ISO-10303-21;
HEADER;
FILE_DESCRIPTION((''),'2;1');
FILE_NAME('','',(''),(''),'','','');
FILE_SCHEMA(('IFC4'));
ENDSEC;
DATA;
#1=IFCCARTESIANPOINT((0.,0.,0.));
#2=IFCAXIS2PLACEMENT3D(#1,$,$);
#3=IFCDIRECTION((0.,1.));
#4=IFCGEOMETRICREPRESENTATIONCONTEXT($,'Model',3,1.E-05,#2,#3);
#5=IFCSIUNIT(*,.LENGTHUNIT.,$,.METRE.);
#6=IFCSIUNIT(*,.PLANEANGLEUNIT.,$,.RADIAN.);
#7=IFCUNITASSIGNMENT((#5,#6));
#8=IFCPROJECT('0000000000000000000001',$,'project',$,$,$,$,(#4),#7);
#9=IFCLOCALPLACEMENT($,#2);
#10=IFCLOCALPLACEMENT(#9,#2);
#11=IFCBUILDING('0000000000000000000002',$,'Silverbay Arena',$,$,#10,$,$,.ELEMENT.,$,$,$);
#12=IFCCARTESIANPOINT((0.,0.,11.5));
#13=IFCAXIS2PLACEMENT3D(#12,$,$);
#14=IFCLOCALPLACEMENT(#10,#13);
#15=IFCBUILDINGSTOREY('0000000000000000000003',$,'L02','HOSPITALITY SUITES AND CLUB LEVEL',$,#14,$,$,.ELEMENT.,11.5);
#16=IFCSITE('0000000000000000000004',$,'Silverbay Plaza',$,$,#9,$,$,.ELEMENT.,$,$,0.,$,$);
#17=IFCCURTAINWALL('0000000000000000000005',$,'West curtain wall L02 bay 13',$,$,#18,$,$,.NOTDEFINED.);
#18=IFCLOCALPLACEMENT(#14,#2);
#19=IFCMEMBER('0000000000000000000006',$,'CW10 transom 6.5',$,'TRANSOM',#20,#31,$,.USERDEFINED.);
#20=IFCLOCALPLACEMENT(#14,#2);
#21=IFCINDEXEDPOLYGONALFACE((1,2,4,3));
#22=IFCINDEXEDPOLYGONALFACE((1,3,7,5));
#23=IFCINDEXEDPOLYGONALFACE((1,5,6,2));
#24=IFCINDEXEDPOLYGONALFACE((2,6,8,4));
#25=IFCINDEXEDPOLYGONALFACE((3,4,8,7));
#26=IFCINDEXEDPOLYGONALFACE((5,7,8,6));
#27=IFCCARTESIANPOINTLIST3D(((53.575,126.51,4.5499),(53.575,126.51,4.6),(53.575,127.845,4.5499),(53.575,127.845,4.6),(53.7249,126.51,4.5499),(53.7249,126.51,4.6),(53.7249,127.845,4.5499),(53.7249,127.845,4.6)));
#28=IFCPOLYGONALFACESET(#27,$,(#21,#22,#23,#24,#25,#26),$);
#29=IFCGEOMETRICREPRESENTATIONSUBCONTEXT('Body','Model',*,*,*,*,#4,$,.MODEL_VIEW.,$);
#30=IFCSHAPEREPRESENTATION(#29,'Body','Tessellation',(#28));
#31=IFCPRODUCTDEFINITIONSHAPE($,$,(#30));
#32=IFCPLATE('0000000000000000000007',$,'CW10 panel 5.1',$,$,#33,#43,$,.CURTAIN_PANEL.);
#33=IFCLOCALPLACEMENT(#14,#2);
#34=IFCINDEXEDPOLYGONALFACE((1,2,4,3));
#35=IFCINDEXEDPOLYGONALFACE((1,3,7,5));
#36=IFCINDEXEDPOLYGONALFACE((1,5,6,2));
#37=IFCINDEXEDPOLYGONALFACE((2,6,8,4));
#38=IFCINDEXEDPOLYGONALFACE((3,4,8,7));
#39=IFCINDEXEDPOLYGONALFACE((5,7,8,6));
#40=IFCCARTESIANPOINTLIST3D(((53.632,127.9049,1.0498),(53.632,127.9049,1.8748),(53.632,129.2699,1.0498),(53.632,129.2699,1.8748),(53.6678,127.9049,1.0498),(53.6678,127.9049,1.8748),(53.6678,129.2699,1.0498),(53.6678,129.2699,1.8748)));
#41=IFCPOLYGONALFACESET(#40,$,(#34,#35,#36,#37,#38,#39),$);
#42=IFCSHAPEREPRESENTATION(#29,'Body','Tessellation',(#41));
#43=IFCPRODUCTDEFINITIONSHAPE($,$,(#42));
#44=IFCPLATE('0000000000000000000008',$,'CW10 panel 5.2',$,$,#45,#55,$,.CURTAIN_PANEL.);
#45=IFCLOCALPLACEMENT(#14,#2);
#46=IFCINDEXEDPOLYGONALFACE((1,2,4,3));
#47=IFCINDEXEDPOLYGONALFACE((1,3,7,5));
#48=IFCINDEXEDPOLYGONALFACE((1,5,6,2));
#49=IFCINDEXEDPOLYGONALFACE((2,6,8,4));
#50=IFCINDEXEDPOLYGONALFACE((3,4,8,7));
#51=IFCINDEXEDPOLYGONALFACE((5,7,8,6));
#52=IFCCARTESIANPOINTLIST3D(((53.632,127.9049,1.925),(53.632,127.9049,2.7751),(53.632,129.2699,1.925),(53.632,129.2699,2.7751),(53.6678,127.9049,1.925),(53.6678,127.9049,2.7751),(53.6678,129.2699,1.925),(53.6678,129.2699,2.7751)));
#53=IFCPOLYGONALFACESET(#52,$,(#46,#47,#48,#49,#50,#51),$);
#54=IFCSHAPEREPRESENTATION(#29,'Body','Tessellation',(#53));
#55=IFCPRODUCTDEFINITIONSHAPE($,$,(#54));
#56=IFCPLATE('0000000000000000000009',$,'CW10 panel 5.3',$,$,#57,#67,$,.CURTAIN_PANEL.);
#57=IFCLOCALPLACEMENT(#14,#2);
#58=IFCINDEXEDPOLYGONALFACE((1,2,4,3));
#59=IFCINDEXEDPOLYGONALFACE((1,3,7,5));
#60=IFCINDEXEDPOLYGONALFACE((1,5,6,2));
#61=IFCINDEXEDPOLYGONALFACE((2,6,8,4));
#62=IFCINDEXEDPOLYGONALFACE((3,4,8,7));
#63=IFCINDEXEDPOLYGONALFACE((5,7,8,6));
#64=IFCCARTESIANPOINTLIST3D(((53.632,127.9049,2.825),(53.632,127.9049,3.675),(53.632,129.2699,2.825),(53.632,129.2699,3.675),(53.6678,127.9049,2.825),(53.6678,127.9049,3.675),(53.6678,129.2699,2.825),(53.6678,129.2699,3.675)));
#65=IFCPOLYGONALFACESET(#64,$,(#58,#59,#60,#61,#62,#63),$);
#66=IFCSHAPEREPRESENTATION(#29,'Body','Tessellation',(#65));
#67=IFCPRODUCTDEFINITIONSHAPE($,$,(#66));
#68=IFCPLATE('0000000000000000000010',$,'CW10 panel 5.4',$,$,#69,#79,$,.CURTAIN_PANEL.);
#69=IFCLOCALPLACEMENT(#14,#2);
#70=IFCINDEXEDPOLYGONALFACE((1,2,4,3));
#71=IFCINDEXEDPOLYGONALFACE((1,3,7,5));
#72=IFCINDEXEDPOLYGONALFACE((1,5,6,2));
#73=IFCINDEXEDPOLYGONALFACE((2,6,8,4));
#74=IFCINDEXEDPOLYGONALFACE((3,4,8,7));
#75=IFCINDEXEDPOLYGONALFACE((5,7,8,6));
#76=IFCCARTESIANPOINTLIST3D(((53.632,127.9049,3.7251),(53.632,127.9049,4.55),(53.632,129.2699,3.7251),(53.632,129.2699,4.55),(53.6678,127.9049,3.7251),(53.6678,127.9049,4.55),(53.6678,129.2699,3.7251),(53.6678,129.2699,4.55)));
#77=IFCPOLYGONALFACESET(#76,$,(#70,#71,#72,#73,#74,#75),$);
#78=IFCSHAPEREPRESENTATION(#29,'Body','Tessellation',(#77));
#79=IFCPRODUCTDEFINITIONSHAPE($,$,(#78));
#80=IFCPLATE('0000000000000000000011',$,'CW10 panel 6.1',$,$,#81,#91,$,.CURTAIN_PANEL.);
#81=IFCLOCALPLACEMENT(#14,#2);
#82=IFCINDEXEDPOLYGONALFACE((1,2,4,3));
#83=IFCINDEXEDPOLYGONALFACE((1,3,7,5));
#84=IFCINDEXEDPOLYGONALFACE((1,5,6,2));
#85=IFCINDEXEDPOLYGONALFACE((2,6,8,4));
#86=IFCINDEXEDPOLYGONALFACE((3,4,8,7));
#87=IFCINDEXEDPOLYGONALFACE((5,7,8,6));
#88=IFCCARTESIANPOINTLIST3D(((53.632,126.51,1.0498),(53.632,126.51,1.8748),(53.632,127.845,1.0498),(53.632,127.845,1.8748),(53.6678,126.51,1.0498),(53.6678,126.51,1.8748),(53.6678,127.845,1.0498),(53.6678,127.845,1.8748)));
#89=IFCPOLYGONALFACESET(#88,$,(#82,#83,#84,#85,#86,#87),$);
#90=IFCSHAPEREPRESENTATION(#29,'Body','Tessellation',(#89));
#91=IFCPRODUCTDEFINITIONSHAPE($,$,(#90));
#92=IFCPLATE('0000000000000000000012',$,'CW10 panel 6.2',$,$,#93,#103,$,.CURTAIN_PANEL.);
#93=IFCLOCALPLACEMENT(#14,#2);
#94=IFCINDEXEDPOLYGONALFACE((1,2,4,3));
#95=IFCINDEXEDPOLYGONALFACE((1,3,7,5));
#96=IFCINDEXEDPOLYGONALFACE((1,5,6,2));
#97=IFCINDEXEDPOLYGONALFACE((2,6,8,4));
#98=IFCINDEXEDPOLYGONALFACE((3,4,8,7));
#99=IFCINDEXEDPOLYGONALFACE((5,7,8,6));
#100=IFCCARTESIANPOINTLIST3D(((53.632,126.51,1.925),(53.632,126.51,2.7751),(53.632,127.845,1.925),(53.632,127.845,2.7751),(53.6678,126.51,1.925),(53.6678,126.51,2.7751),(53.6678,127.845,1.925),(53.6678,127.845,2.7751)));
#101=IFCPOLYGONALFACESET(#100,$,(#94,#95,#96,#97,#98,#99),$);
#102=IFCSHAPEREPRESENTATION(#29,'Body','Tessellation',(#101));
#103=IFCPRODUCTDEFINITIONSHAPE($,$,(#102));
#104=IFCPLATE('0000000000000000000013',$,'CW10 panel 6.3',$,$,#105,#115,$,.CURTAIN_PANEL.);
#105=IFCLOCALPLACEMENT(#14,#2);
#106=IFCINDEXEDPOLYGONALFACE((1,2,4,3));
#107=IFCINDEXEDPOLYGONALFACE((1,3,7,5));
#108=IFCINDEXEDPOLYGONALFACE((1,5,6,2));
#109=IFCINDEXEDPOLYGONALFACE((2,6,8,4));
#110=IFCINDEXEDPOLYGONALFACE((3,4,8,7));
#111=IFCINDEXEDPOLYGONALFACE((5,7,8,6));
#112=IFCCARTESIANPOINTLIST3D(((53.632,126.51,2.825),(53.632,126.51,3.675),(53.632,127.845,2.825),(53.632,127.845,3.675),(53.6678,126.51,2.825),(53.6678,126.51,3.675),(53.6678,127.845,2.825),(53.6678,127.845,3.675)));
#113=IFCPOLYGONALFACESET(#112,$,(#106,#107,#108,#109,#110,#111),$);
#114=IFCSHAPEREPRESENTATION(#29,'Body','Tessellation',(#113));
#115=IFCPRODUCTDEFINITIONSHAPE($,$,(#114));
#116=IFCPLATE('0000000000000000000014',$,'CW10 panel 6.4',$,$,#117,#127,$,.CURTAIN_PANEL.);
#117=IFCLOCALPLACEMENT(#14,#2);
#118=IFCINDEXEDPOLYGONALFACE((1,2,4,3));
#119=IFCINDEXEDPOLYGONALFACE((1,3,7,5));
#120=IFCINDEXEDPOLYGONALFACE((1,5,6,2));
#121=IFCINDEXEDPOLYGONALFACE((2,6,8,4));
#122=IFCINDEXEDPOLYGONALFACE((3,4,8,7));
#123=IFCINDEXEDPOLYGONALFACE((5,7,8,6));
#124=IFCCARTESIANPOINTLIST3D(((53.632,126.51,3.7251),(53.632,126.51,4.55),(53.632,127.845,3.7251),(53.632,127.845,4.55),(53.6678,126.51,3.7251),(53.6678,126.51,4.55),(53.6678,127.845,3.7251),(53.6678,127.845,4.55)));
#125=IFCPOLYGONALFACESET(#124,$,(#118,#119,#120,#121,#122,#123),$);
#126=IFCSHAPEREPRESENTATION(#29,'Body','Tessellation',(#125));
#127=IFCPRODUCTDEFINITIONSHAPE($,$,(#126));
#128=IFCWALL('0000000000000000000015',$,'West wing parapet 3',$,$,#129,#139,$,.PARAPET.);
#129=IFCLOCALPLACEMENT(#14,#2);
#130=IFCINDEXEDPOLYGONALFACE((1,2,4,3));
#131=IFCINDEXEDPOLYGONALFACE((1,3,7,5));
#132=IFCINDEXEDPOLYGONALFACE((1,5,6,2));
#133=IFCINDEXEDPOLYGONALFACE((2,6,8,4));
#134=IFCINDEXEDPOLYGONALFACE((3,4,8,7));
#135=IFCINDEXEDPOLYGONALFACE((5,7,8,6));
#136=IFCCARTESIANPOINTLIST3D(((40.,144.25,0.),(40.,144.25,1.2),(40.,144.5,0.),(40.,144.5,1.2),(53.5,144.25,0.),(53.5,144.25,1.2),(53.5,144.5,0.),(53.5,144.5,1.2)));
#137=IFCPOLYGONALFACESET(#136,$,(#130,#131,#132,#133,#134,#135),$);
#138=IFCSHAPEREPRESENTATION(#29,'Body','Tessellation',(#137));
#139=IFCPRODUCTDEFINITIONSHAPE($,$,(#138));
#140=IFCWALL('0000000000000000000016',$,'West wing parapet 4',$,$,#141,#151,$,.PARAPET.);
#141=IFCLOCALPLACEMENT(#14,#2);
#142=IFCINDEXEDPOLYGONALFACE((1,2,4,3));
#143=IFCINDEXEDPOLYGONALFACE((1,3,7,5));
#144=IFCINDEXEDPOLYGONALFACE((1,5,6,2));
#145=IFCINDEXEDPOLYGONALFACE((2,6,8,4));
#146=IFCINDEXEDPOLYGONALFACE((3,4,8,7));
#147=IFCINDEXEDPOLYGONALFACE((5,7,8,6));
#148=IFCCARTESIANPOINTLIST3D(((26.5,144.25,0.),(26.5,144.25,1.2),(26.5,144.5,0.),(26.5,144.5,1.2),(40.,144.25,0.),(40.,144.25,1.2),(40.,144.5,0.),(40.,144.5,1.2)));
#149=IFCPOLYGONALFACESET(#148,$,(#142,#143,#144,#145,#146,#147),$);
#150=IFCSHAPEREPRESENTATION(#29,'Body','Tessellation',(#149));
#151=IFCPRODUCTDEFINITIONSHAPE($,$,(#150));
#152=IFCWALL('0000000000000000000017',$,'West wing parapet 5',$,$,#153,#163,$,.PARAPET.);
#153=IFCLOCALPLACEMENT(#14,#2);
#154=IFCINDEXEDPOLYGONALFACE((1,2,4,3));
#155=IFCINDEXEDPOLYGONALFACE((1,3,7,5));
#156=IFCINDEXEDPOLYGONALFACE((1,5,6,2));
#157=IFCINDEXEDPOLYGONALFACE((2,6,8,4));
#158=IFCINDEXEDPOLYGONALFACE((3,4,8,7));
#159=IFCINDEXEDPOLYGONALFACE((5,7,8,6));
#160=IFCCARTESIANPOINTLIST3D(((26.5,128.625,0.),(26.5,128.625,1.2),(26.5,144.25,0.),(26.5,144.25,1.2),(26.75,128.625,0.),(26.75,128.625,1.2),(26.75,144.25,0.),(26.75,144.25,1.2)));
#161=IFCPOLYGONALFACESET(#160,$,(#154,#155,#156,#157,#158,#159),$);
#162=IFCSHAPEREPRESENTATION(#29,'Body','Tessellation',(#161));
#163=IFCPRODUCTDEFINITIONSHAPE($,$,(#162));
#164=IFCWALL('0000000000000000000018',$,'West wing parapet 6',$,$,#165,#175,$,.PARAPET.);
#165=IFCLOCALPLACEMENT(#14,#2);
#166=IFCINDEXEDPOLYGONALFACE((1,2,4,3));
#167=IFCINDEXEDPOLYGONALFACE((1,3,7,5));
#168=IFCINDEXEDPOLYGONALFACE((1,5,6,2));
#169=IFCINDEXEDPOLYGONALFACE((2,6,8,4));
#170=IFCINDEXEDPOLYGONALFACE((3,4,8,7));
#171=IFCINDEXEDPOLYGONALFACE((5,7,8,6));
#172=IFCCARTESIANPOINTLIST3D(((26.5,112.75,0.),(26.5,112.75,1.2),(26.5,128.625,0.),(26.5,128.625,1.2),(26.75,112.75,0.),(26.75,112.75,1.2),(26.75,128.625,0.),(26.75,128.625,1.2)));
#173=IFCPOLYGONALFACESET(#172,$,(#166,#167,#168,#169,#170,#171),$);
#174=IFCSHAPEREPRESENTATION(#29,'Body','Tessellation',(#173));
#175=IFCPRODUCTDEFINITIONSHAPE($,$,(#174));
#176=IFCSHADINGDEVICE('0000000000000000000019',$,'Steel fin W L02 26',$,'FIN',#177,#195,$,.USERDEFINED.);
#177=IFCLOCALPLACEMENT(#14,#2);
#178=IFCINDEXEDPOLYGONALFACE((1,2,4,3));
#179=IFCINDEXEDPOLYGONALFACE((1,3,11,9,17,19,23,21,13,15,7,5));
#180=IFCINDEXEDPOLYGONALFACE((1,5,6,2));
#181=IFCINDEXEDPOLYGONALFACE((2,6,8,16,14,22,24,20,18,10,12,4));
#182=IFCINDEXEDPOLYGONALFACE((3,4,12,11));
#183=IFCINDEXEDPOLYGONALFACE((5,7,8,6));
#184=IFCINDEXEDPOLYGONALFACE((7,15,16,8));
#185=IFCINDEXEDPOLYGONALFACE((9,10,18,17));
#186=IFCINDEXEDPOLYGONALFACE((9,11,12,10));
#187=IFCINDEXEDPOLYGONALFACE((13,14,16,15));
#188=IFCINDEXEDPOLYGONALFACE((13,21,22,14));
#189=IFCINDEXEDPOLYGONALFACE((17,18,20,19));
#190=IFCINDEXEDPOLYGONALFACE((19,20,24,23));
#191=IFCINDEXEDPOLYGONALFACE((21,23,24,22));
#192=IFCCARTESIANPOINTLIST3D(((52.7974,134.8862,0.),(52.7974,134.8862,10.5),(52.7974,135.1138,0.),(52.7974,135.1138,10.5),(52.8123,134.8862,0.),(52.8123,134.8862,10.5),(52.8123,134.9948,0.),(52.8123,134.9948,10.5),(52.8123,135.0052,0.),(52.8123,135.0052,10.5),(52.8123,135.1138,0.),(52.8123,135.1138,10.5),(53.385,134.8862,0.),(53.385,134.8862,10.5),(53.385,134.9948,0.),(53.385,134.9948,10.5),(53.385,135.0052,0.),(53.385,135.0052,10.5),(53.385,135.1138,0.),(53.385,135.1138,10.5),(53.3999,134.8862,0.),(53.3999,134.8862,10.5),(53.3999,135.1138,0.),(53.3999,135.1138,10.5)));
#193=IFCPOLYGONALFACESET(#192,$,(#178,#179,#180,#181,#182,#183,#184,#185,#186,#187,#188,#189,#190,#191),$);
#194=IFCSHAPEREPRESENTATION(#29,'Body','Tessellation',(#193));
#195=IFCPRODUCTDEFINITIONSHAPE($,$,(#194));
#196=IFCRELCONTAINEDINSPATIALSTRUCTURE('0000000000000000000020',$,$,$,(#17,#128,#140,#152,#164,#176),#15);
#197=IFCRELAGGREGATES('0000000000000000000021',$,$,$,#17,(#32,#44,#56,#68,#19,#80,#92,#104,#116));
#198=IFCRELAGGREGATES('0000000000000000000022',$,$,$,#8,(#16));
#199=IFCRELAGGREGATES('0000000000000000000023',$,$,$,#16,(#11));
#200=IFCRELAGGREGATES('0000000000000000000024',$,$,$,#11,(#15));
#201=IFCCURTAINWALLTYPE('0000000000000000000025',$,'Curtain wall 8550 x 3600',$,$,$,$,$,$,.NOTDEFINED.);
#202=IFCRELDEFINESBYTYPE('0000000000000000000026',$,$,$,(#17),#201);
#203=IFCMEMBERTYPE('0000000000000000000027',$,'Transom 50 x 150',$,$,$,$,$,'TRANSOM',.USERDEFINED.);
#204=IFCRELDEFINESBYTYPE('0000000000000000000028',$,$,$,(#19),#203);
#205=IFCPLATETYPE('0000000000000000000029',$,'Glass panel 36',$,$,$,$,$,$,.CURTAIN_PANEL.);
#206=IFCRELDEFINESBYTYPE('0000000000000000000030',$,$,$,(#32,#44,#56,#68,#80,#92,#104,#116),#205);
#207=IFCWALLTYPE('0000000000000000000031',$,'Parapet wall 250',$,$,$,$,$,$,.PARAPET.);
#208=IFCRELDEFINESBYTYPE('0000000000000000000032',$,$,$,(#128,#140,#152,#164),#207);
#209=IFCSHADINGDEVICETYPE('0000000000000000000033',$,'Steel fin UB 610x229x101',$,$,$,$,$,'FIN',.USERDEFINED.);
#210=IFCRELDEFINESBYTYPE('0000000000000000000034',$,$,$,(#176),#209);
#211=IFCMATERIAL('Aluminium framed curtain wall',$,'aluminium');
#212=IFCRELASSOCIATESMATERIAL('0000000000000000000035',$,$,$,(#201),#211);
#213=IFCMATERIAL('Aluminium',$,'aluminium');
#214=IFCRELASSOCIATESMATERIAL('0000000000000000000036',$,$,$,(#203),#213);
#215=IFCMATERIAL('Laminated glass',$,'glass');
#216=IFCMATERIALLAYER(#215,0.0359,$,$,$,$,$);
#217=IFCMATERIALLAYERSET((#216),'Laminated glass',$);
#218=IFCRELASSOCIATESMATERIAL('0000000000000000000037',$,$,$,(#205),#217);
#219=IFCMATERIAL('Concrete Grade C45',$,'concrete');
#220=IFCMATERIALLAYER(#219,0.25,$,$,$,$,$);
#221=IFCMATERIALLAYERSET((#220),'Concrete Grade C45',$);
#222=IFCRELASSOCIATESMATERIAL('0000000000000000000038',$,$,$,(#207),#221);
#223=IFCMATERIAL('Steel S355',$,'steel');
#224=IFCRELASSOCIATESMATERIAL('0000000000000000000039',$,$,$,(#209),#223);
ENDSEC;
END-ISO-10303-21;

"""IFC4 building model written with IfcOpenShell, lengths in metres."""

from ifc_helpers import new_model, si_unit, direction, frame, frame_2d, origin, origin_2d, place, context, subcontext, project, spatial, rectangle, i_section, extrude, material, layer, layer_set, material_profile, profile_set, type_object, element, aggregate, save


model = new_model("IFC4")

# Units and contexts
model_context = context("Model", 3, precision=1e-05, world=origin(), true_north=direction((0.0, 1.0)))
body_context = subcontext(model_context, "Body", "Model", "MODEL_VIEW")
ifc_project = project(units=[si_unit("LENGTHUNIT", "METRE"), si_unit("PLANEANGLEUNIT", "RADIAN")], contexts=[model_context])

# Site, building, storey
site_placement = place(None, origin())
site = spatial("IfcSite", under=ifc_project, at=site_placement, Name="Silverbay Plaza", CompositionType="ELEMENT", RefElevation=0.0)
building_placement = place(site_placement, origin())
building = spatial("IfcBuilding", under=site, at=building_placement, Name="Silverbay Arena", CompositionType="ELEMENT")
storey_placement = place(building_placement, frame((0.0, 0.0, 11.5)))
storey = spatial("IfcBuildingStorey", under=building, at=storey_placement, Name="L02", Description="HOSPITALITY SUITES AND CLUB LEVEL", CompositionType="ELEMENT", Elevation=11.5)

# Curtain wall
ifc_material_1 = material(Name="Aluminium framed curtain wall", Category="aluminium")
curtain_wall_type = type_object("IfcCurtainWallType", Name="Curtain wall 8550 x 3600", PredefinedType="NOTDEFINED", material=ifc_material_1)
curtain_wall_placement = place(storey_placement, origin())
curtain_wall = element("IfcCurtainWall", 1, at=curtain_wall_placement, inside=storey, type_object=curtain_wall_type, Name="West curtain wall L02 bay 13", PredefinedType="NOTDEFINED")

# Member
ifc_material_2 = material(Name="Aluminium", Category="aluminium")
ifc_material_profile_1 = material_profile(ifc_material_2, rectangle(XDim=0.1499, YDim=0.05, at=origin_2d()), Name="Transom 50 x 150")
ifc_profile_set_1 = profile_set([ifc_material_profile_1], Name="Aluminium")
member_type_1 = type_object("IfcMemberType", Name="Transom 50 x 150", ElementType="TRANSOM", PredefinedType="USERDEFINED", material=ifc_profile_set_1)
member_1_placement = place(storey_placement, frame((53.6499, 127.845, 4.575), z_axis=(0.0, -1.0, 0.0), x_axis=(1.0, 0.0, 0.0)))
member_1 = element("IfcMember", 2, at=member_1_placement, type_object=member_type_1, Name="CW10 transom 6.5", ObjectType="TRANSOM", PredefinedType="USERDEFINED", context=body_context, shape_type="SweptSolid", body=[
    extrude(rectangle(XDim=0.1499, YDim=0.05, at=origin_2d()), origin(), (0.0, 0.0, 1.0), 1.335),
])

# Plates
ifc_material_3 = material(Name="Laminated glass", Category="glass")
ifc_layer_1 = layer(ifc_material_3, 0.0359)
ifc_layer_set_1 = layer_set([ifc_layer_1], Name="Laminated glass")
plate_type = type_object("IfcPlateType", Name="Glass panel 36", PredefinedType="CURTAIN_PANEL", material=ifc_layer_set_1)
plate_1_placement = place(storey_placement, frame((53.6499, 128.5874, 1.0498), z_axis=(0.0, 0.0, 1.0), x_axis=(0.0, -1.0, 0.0)))
plate_1 = element("IfcPlate", 3, at=plate_1_placement, type_object=plate_type, Name="CW10 panel 5.1", PredefinedType="CURTAIN_PANEL", context=body_context, shape_type="SweptSolid", body=[
    extrude(rectangle(XDim=1.365, YDim=0.0359, at=origin_2d()), origin(), (0.0, 0.0, 1.0), 0.825),
])
plate_2_placement = place(storey_placement, frame((53.6499, 128.5874, 1.925), z_axis=(0.0, 0.0, 1.0), x_axis=(0.0, -1.0, 0.0)))
plate_2 = element("IfcPlate", 4, at=plate_2_placement, type_object=plate_type, Name="CW10 panel 5.2", PredefinedType="CURTAIN_PANEL", context=body_context, shape_type="SweptSolid", body=[
    extrude(rectangle(XDim=1.365, YDim=0.0359, at=origin_2d()), origin(), (0.0, 0.0, 1.0), 0.8501),
])
plate_3_placement = place(storey_placement, frame((53.6499, 128.5874, 2.825), z_axis=(0.0, 0.0, 1.0), x_axis=(0.0, -1.0, 0.0)))
plate_3 = element("IfcPlate", 5, at=plate_3_placement, type_object=plate_type, Name="CW10 panel 5.3", PredefinedType="CURTAIN_PANEL", context=body_context, shape_type="SweptSolid", body=[
    extrude(rectangle(XDim=1.365, YDim=0.0359, at=origin_2d()), origin(), (0.0, 0.0, 1.0), 0.8501),
])
plate_4_placement = place(storey_placement, frame((53.6499, 128.5874, 3.7251), z_axis=(0.0, 0.0, 1.0), x_axis=(0.0, -1.0, 0.0)))
plate_4 = element("IfcPlate", 6, at=plate_4_placement, type_object=plate_type, Name="CW10 panel 5.4", PredefinedType="CURTAIN_PANEL", context=body_context, shape_type="SweptSolid", body=[
    extrude(rectangle(XDim=1.365, YDim=0.0359, at=origin_2d()), origin(), (0.0, 0.0, 1.0), 0.825),
])
plate_5_placement = place(storey_placement, frame((53.6499, 127.1775, 1.0498), z_axis=(0.0, 0.0, 1.0), x_axis=(0.0, -1.0, 0.0)))
plate_5 = element("IfcPlate", 7, at=plate_5_placement, type_object=plate_type, Name="CW10 panel 6.1", PredefinedType="CURTAIN_PANEL", context=body_context, shape_type="SweptSolid", body=[
    extrude(rectangle(XDim=1.335, YDim=0.0359, at=origin_2d()), origin(), (0.0, 0.0, 1.0), 0.825),
])
plate_6_placement = place(storey_placement, frame((53.6499, 127.1775, 1.925), z_axis=(0.0, 0.0, 1.0), x_axis=(0.0, -1.0, 0.0)))
plate_6 = element("IfcPlate", 8, at=plate_6_placement, type_object=plate_type, Name="CW10 panel 6.2", PredefinedType="CURTAIN_PANEL", context=body_context, shape_type="SweptSolid", body=[
    extrude(rectangle(XDim=1.335, YDim=0.0359, at=origin_2d()), origin(), (0.0, 0.0, 1.0), 0.8501),
])
plate_7_placement = place(storey_placement, frame((53.6499, 127.1775, 2.825), z_axis=(0.0, 0.0, 1.0), x_axis=(0.0, -1.0, 0.0)))
plate_7 = element("IfcPlate", 9, at=plate_7_placement, type_object=plate_type, Name="CW10 panel 6.3", PredefinedType="CURTAIN_PANEL", context=body_context, shape_type="SweptSolid", body=[
    extrude(rectangle(XDim=1.335, YDim=0.0359, at=origin_2d()), origin(), (0.0, 0.0, 1.0), 0.8501),
])
plate_8_placement = place(storey_placement, frame((53.6499, 127.1775, 3.7251), z_axis=(0.0, 0.0, 1.0), x_axis=(0.0, -1.0, 0.0)))
plate_8 = element("IfcPlate", 10, at=plate_8_placement, type_object=plate_type, Name="CW10 panel 6.4", PredefinedType="CURTAIN_PANEL", context=body_context, shape_type="SweptSolid", body=[
    extrude(rectangle(XDim=1.335, YDim=0.0359, at=origin_2d()), origin(), (0.0, 0.0, 1.0), 0.825),
])
aggregate(curtain_wall, [plate_1, plate_2, plate_3, plate_4, member_1, plate_5, plate_6, plate_7, plate_8])

# Walls
ifc_material_4 = material(Name="Concrete Grade C45", Category="concrete")
ifc_layer_2 = layer(ifc_material_4, 0.25)
ifc_layer_set_2 = layer_set([ifc_layer_2], Name="Concrete Grade C45")
wall_type = type_object("IfcWallType", Name="Parapet wall 250", PredefinedType="PARAPET", material=ifc_layer_set_2)
for number, where, z_axis, x_axis, name in (
    (11, (53.5, 144.375, 0.0), (0.0, 0.0, 1.0), (-1.0, 0.0, 0.0), "West wing parapet 3"),
    (12, (40.0, 144.375, 0.0), (0.0, 0.0, 1.0), (-1.0, 0.0, 0.0), "West wing parapet 4"),
):
    element("IfcWall", number, at=place(storey_placement, frame(where, z_axis=z_axis, x_axis=x_axis)), inside=storey, type_object=wall_type, Name=name, PredefinedType="PARAPET", context=body_context, shape_type="SweptSolid", body=[
        extrude(rectangle(XDim=13.5, YDim=0.25, at=frame_2d((6.75, 0.0))), origin(), (0.0, 0.0, 1.0), 1.2),
    ])
wall_1_placement = place(storey_placement, frame((26.625, 144.25, 0.0), z_axis=(0.0, 0.0, 1.0), x_axis=(0.0, -1.0, 0.0)))
element("IfcWall", 13, at=wall_1_placement, inside=storey, type_object=wall_type, Name="West wing parapet 5", PredefinedType="PARAPET", context=body_context, shape_type="SweptSolid", body=[
    extrude(rectangle(XDim=15.625, YDim=0.25, at=frame_2d((7.8125, 0.0))), origin(), (0.0, 0.0, 1.0), 1.2),
])
wall_2_placement = place(storey_placement, frame((26.625, 128.625, 0.0), z_axis=(0.0, 0.0, 1.0), x_axis=(0.0, -1.0, 0.0)))
element("IfcWall", 14, at=wall_2_placement, inside=storey, type_object=wall_type, Name="West wing parapet 6", PredefinedType="PARAPET", context=body_context, shape_type="SweptSolid", body=[
    extrude(rectangle(XDim=15.875, YDim=0.25, at=frame_2d((7.9375, 0.0))), origin(), (0.0, 0.0, 1.0), 1.2),
])

# Shading device
ifc_material_5 = material(Name="Steel S355", Category="steel")
ifc_material_profile_2 = material_profile(ifc_material_5, i_section(OverallWidth=0.2275, OverallDepth=0.6025, WebThickness=0.0105, FlangeThickness=0.0149, at=origin_2d()), Name="UB 610x229x101")
ifc_profile_set_2 = profile_set([ifc_material_profile_2], Name="Steel S355")
shading_device_type = type_object("IfcShadingDeviceType", Name="Steel fin UB 610x229x101", ElementType="FIN", PredefinedType="USERDEFINED", material=ifc_profile_set_2)
for number, where, z_axis, x_axis, name in (
    (15, (53.0986, 135.0, 0.0), (0.0, 0.0, 1.0), (0.0, 1.0, 0.0), "Steel fin W L02 26"),
):
    element("IfcShadingDevice", number, at=place(storey_placement, frame(where, z_axis=z_axis, x_axis=x_axis)), inside=storey, type_object=shading_device_type, Name=name, ObjectType="FIN", PredefinedType="USERDEFINED", context=body_context, shape_type="SweptSolid", body=[
        extrude(i_section(OverallWidth=0.2275, OverallDepth=0.6025, WebThickness=0.0105, FlangeThickness=0.0149, at=origin_2d()), origin(), (0.0, 0.0, 1.0), 10.5),
    ])

save(model, "model.ifc")
